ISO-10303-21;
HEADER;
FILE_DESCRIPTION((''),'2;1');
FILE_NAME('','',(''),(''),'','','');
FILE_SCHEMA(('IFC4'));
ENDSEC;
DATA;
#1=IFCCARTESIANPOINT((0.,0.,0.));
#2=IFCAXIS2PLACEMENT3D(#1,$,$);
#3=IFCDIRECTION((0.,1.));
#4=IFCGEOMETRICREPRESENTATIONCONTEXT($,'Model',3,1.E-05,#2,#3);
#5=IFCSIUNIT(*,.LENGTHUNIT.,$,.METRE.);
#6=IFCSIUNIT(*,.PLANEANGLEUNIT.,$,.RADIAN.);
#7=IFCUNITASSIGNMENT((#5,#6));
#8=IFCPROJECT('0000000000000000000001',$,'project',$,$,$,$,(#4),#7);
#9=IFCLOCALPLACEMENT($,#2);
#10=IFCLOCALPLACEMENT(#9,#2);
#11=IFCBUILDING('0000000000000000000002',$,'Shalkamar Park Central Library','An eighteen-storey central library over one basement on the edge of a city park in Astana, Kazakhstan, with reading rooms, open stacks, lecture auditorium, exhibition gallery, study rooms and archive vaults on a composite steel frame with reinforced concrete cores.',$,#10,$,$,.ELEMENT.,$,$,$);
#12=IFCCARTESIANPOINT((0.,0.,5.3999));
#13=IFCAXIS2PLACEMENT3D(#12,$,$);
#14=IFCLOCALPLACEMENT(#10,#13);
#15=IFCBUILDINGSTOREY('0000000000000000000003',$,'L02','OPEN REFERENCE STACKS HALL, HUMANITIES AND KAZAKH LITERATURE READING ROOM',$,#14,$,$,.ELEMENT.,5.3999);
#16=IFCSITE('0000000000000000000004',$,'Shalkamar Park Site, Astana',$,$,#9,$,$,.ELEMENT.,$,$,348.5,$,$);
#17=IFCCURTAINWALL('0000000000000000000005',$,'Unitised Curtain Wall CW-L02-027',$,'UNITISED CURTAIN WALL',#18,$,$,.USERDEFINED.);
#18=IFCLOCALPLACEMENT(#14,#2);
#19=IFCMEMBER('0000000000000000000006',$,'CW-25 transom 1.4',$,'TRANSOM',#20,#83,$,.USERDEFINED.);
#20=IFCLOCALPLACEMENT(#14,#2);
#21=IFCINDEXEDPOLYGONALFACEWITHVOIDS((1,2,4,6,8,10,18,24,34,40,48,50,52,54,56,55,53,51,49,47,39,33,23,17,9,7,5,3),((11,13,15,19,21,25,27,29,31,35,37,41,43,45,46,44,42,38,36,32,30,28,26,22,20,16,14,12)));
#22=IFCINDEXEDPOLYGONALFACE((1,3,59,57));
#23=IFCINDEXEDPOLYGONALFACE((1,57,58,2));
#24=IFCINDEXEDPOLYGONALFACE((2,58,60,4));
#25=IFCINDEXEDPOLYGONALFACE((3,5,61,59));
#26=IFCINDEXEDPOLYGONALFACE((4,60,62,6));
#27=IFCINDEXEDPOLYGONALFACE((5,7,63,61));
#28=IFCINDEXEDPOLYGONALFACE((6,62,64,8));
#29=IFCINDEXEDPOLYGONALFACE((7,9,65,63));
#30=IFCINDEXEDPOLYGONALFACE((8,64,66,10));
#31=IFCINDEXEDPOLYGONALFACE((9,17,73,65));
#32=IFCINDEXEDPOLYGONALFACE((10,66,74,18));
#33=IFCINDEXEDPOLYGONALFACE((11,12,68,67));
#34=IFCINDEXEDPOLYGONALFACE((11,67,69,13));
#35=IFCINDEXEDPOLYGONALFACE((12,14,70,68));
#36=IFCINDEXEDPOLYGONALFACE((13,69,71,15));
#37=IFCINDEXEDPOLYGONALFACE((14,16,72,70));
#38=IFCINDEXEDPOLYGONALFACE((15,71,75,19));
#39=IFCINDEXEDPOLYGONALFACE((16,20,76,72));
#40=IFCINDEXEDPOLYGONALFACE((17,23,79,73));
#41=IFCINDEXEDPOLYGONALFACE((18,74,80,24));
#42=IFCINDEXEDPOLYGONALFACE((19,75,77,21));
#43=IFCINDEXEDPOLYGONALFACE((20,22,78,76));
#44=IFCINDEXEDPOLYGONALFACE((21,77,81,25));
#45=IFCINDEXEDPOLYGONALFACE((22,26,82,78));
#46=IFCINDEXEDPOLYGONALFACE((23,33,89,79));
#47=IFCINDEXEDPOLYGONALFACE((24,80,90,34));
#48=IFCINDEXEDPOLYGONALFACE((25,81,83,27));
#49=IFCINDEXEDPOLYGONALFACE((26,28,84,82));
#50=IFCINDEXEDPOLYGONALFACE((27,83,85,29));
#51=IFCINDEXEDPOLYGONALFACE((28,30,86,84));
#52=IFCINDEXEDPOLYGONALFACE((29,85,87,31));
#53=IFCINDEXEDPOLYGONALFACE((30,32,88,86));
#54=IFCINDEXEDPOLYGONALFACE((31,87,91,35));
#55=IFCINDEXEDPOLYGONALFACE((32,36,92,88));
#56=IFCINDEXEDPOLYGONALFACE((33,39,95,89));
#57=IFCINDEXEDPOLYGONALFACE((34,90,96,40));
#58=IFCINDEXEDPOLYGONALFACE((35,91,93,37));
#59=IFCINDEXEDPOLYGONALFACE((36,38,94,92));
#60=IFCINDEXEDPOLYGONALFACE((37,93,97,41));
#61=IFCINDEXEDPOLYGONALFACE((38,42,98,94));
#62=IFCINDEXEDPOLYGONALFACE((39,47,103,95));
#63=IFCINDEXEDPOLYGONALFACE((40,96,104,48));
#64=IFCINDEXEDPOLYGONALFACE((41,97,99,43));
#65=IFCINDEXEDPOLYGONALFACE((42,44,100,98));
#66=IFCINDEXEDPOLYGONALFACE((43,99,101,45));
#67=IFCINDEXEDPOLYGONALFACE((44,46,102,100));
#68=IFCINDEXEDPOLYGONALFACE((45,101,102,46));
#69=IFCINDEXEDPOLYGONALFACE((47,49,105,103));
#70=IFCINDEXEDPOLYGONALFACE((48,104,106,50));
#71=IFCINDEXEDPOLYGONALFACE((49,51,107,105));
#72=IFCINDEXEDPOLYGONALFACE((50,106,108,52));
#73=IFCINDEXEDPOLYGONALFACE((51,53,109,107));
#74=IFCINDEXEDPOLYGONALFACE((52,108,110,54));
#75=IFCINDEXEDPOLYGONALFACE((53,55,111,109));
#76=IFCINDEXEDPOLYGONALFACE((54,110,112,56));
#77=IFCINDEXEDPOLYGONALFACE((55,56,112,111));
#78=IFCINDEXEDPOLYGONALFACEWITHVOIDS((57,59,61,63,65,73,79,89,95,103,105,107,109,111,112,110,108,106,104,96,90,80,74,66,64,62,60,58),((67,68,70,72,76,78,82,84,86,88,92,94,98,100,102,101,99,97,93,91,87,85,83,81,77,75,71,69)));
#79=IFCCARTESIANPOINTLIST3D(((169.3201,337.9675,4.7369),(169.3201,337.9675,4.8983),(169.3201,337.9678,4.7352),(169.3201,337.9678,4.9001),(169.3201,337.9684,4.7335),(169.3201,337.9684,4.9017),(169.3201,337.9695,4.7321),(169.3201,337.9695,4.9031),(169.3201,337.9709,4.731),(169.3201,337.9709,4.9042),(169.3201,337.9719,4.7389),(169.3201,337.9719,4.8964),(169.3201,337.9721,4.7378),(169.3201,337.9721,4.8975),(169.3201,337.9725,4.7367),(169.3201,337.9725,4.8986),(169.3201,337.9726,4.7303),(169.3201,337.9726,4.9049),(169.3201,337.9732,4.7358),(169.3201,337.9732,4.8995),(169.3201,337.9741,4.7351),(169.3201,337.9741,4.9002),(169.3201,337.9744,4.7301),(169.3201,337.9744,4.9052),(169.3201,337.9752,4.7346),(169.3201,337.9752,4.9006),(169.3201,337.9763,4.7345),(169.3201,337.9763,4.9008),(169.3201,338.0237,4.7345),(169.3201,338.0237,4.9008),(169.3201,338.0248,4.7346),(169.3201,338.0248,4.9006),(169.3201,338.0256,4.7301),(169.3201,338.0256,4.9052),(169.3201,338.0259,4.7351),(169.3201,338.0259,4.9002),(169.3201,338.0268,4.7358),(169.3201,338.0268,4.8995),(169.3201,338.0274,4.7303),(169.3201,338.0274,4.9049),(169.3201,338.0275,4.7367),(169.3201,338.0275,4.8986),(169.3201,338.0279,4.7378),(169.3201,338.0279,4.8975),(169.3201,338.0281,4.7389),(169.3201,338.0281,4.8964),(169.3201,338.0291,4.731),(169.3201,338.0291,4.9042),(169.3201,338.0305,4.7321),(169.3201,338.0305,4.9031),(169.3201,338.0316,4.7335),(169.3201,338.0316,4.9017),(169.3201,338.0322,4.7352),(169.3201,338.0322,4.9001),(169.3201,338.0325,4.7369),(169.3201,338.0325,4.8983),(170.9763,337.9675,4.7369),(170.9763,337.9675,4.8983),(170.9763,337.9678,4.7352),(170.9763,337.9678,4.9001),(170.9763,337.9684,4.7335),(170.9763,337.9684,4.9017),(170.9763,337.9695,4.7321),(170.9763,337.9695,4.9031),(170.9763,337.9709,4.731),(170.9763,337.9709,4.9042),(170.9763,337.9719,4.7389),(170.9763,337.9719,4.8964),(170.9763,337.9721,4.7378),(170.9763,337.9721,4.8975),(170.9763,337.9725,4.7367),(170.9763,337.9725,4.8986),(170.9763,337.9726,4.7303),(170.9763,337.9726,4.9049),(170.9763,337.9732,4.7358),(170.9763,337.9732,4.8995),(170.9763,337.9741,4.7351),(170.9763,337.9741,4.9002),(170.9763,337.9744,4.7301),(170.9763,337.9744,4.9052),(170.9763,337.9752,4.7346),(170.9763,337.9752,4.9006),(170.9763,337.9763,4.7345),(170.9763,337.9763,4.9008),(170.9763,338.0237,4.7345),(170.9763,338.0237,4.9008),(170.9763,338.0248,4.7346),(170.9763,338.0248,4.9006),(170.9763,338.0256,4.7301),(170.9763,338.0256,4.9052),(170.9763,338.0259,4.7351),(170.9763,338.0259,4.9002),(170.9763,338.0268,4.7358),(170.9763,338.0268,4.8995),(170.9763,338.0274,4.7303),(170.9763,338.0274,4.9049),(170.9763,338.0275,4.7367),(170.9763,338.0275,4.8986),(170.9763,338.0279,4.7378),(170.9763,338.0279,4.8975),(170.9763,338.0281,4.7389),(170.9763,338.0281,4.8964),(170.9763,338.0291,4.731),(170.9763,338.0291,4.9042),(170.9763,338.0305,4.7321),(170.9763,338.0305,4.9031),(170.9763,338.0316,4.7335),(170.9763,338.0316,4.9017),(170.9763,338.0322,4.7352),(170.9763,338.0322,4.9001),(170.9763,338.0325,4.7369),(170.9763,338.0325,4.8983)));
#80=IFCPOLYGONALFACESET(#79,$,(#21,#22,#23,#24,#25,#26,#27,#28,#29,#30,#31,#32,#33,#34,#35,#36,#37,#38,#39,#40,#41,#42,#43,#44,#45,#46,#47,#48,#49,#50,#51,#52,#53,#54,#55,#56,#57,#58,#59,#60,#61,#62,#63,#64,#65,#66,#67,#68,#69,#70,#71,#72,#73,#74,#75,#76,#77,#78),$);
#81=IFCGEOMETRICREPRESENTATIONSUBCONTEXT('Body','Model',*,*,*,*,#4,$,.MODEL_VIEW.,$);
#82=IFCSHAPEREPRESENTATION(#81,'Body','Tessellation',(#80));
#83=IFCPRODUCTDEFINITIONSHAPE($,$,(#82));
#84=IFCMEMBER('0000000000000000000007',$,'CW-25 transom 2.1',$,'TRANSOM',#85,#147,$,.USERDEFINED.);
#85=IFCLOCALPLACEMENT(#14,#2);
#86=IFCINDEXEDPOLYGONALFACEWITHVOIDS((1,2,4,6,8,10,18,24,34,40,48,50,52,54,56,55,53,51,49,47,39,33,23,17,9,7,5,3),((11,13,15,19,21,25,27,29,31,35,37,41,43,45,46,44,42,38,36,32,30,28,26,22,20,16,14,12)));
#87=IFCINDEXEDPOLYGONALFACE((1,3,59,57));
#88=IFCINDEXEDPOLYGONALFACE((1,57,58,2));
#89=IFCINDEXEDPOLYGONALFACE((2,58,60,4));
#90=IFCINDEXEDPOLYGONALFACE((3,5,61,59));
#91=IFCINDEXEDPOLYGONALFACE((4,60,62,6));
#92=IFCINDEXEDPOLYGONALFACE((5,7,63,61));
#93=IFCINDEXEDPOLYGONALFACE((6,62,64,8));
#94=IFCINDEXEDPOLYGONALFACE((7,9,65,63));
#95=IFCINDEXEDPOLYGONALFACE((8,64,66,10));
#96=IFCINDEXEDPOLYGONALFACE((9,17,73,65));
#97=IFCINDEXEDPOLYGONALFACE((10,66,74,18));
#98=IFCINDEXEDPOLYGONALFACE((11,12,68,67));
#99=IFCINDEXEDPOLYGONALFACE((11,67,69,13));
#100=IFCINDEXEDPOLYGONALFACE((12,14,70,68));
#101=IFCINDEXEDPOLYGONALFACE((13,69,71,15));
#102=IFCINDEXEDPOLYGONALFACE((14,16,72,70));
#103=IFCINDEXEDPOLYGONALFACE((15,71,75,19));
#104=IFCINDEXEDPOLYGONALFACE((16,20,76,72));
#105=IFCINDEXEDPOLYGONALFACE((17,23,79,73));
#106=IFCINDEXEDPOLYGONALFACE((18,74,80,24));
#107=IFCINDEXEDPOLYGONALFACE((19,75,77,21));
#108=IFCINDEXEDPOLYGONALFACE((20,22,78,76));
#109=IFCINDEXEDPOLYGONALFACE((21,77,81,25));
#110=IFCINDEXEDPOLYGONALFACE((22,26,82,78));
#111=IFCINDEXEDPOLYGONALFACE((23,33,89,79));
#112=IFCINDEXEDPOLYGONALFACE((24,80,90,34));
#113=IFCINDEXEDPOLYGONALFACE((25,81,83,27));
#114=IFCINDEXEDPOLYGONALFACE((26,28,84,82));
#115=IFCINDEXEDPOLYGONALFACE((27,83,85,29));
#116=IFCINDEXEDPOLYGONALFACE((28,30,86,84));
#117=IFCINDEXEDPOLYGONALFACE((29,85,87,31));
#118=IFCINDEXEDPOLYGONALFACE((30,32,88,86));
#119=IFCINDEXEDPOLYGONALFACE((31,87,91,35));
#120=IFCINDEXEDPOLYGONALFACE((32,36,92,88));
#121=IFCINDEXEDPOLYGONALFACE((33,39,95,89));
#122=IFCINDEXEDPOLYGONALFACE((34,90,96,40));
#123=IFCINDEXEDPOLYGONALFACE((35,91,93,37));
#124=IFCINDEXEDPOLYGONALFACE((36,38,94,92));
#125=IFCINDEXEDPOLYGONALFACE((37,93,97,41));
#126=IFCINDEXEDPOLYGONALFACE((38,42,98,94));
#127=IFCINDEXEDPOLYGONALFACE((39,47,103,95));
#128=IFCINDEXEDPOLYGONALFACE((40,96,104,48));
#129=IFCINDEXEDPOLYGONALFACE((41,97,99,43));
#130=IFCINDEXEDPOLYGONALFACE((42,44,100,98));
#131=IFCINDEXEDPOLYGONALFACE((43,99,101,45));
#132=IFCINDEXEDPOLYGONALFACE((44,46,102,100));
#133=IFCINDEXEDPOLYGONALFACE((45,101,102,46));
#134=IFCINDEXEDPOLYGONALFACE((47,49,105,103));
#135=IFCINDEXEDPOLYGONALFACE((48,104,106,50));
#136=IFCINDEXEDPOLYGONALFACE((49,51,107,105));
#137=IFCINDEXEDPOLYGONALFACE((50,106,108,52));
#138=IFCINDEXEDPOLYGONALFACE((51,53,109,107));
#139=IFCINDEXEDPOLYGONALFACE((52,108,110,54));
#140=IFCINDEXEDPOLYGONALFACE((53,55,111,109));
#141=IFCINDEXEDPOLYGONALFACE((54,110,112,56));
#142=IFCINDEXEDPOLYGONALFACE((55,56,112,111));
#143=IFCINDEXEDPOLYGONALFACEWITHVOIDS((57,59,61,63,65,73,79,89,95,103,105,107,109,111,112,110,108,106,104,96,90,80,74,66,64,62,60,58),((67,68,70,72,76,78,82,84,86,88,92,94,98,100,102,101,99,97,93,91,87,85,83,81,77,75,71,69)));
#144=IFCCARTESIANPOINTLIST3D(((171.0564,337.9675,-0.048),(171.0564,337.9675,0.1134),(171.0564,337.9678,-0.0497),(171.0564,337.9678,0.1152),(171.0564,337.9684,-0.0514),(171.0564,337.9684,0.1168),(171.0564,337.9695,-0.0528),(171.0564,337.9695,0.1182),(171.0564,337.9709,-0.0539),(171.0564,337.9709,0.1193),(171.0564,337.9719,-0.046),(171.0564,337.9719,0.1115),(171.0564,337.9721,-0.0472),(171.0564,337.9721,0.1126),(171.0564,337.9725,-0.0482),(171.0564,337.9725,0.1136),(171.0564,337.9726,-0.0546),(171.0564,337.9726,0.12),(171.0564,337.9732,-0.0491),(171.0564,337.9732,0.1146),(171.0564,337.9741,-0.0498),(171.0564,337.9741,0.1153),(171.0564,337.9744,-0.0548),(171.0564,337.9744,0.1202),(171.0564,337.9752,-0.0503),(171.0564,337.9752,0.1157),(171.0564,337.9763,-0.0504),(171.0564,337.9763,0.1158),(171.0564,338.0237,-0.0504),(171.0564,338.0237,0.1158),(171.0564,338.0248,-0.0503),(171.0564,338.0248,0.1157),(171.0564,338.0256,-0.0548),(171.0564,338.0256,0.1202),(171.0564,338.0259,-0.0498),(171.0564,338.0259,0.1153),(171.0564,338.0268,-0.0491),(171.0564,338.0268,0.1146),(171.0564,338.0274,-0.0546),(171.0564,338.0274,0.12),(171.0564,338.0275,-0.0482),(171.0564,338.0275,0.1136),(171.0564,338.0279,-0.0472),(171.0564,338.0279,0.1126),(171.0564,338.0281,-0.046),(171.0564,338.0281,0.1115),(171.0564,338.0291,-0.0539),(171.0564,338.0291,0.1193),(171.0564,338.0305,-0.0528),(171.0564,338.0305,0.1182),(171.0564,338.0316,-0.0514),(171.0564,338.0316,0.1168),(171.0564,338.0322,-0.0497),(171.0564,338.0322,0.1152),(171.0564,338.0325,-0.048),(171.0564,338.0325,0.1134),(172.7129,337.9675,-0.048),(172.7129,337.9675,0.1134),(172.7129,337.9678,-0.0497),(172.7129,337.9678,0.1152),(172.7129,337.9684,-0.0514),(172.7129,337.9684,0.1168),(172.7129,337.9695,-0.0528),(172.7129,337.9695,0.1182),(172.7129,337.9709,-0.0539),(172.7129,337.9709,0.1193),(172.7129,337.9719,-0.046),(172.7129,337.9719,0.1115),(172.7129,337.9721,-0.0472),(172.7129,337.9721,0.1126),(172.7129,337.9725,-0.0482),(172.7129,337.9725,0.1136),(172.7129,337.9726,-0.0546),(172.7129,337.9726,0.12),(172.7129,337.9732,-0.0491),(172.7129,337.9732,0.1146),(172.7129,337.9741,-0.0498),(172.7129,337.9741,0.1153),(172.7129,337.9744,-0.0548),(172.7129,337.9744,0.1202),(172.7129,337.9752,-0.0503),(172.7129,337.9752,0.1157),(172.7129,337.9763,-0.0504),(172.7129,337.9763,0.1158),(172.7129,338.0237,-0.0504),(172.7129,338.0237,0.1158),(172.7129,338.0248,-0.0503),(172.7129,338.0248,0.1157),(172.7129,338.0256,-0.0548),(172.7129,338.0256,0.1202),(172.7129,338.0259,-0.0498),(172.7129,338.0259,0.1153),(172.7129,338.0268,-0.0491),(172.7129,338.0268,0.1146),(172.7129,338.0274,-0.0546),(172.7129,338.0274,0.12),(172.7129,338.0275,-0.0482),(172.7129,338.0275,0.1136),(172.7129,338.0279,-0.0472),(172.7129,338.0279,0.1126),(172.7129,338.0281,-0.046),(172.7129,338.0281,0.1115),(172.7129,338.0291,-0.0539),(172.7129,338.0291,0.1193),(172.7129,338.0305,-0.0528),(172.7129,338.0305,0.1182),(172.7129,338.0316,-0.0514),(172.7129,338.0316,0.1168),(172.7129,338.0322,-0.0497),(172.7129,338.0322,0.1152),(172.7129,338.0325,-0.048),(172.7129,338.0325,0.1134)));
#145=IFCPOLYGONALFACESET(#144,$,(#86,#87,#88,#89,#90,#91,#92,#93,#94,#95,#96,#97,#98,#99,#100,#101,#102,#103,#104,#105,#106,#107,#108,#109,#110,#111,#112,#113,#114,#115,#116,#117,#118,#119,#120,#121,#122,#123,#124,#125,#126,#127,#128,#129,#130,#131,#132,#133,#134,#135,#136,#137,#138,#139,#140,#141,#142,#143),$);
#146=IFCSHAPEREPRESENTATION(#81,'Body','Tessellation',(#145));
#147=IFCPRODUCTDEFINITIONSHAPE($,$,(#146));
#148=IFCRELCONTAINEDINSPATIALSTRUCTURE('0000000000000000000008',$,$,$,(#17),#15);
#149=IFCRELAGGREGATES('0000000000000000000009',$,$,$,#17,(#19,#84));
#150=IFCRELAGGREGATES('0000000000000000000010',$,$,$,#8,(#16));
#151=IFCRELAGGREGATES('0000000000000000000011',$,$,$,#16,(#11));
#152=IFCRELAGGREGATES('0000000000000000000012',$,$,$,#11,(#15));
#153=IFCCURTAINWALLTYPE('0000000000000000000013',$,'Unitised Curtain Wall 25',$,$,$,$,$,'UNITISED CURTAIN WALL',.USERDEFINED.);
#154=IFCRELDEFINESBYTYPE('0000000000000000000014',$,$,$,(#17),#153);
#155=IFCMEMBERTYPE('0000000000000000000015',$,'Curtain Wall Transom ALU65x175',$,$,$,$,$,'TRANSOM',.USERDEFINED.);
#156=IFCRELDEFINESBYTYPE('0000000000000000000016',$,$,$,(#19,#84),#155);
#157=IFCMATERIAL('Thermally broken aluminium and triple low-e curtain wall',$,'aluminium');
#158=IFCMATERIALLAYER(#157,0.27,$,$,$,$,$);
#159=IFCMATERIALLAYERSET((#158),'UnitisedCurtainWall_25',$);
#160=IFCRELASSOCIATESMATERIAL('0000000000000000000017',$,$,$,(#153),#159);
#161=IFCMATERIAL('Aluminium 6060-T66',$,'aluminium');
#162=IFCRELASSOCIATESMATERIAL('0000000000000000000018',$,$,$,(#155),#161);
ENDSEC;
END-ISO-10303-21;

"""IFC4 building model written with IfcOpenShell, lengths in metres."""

from ifc_helpers import new_model, si_unit, direction, frame, origin, origin_2d, place, context, subcontext, project, spatial, hollow_rectangle, extrude, material, layer, layer_set, material_profile, profile_set, type_object, element, aggregate, save


model = new_model("IFC4")

# Units and contexts
model_context = context("Model", 3, precision=1e-05, world=origin(), true_north=direction((0.0, 1.0)))
body_context = subcontext(model_context, "Body", "Model", "MODEL_VIEW")
ifc_project = project(units=[si_unit("LENGTHUNIT", "METRE"), si_unit("PLANEANGLEUNIT", "RADIAN")], contexts=[model_context])

# Site, building, storey
site_placement = place(None, origin())
site = spatial("IfcSite", under=ifc_project, at=site_placement, Name="Shalkamar Park Site, Astana", CompositionType="ELEMENT", RefElevation=348.5)
building_placement = place(site_placement, origin())
building = spatial("IfcBuilding", under=site, at=building_placement, Name="Shalkamar Park Central Library", Description="An eighteen-storey central library over one basement on the edge of a city park in Astana, Kazakhstan, with reading rooms, open stacks, lecture auditorium, exhibition gallery, study rooms and archive vaults on a composite steel frame with reinforced concrete cores.", CompositionType="ELEMENT")
storey_placement = place(building_placement, frame((0.0, 0.0, 5.3999)))
storey = spatial("IfcBuildingStorey", under=building, at=storey_placement, Name="L02", Description="OPEN REFERENCE STACKS HALL, HUMANITIES AND KAZAKH LITERATURE READING ROOM", CompositionType="ELEMENT", Elevation=5.3999)

# Curtain wall
ifc_material_1 = material(Name="Thermally broken aluminium and triple low-e curtain wall", Category="aluminium")
ifc_material_2 = material(Name="Aluminium 6060-T66", Category="aluminium")
ifc_layer_1 = layer(ifc_material_1, 0.27)
ifc_layer_set_1 = layer_set([ifc_layer_1], Name="UnitisedCurtainWall_25")
curtain_wall_type_1 = type_object("IfcCurtainWallType", Name="Unitised Curtain Wall 25", ElementType="UNITISED CURTAIN WALL", PredefinedType="USERDEFINED", material=ifc_layer_set_1)
curtain_wall_1_placement = place(storey_placement, origin())
curtain_wall_1 = element("IfcCurtainWall", 1, at=curtain_wall_1_placement, inside=storey, type_object=curtain_wall_type_1, Name="Unitised Curtain Wall CW-L02-027", ObjectType="UNITISED CURTAIN WALL", PredefinedType="USERDEFINED")

# Members
ifc_material_profile_1 = material_profile(ifc_material_2, hollow_rectangle(XDim=0.0649, YDim=0.175, WallThickness=0.0044, InnerFilletRadius=0.0044, OuterFilletRadius=0.0068, at=origin_2d()), Name="ALU 65x175x4.5")
ifc_profile_set_1 = profile_set([ifc_material_profile_1], Name="Aluminium 6060-T66")
member_type_1 = type_object("IfcMemberType", Name="Curtain Wall Transom ALU65x175", ElementType="TRANSOM", PredefinedType="USERDEFINED", material=ifc_profile_set_1)
member_1_placement = place(storey_placement, frame((169.3201, 338.0, 4.8176), z_axis=(1.0, 0.0, 0.0), x_axis=(0.0, 1.0, 0.0)))
member_1 = element("IfcMember", 2, at=member_1_placement, type_object=member_type_1, Name="CW-25 transom 1.4", ObjectType="TRANSOM", PredefinedType="USERDEFINED", context=body_context, shape_type="SweptSolid", body=[
    extrude(hollow_rectangle(XDim=0.0649, YDim=0.175, WallThickness=0.0044, InnerFilletRadius=0.0044, OuterFilletRadius=0.0068, at=origin_2d()), origin(), (0.0, 0.0, 1.0), 1.6562),
])
member_2_placement = place(storey_placement, frame((171.0564, 338.0, 0.0327), z_axis=(1.0, 0.0, 0.0), x_axis=(0.0, 1.0, 0.0)))
member_2 = element("IfcMember", 3, at=member_2_placement, type_object=member_type_1, Name="CW-25 transom 2.1", ObjectType="TRANSOM", PredefinedType="USERDEFINED", context=body_context, shape_type="SweptSolid", body=[
    extrude(hollow_rectangle(XDim=0.0649, YDim=0.175, WallThickness=0.0044, InnerFilletRadius=0.0044, OuterFilletRadius=0.0068, at=origin_2d()), origin(), (0.0, 0.0, 1.0), 1.6565),
])

aggregate(curtain_wall_1, [member_1, member_2])

save(model, "model.ifc")
